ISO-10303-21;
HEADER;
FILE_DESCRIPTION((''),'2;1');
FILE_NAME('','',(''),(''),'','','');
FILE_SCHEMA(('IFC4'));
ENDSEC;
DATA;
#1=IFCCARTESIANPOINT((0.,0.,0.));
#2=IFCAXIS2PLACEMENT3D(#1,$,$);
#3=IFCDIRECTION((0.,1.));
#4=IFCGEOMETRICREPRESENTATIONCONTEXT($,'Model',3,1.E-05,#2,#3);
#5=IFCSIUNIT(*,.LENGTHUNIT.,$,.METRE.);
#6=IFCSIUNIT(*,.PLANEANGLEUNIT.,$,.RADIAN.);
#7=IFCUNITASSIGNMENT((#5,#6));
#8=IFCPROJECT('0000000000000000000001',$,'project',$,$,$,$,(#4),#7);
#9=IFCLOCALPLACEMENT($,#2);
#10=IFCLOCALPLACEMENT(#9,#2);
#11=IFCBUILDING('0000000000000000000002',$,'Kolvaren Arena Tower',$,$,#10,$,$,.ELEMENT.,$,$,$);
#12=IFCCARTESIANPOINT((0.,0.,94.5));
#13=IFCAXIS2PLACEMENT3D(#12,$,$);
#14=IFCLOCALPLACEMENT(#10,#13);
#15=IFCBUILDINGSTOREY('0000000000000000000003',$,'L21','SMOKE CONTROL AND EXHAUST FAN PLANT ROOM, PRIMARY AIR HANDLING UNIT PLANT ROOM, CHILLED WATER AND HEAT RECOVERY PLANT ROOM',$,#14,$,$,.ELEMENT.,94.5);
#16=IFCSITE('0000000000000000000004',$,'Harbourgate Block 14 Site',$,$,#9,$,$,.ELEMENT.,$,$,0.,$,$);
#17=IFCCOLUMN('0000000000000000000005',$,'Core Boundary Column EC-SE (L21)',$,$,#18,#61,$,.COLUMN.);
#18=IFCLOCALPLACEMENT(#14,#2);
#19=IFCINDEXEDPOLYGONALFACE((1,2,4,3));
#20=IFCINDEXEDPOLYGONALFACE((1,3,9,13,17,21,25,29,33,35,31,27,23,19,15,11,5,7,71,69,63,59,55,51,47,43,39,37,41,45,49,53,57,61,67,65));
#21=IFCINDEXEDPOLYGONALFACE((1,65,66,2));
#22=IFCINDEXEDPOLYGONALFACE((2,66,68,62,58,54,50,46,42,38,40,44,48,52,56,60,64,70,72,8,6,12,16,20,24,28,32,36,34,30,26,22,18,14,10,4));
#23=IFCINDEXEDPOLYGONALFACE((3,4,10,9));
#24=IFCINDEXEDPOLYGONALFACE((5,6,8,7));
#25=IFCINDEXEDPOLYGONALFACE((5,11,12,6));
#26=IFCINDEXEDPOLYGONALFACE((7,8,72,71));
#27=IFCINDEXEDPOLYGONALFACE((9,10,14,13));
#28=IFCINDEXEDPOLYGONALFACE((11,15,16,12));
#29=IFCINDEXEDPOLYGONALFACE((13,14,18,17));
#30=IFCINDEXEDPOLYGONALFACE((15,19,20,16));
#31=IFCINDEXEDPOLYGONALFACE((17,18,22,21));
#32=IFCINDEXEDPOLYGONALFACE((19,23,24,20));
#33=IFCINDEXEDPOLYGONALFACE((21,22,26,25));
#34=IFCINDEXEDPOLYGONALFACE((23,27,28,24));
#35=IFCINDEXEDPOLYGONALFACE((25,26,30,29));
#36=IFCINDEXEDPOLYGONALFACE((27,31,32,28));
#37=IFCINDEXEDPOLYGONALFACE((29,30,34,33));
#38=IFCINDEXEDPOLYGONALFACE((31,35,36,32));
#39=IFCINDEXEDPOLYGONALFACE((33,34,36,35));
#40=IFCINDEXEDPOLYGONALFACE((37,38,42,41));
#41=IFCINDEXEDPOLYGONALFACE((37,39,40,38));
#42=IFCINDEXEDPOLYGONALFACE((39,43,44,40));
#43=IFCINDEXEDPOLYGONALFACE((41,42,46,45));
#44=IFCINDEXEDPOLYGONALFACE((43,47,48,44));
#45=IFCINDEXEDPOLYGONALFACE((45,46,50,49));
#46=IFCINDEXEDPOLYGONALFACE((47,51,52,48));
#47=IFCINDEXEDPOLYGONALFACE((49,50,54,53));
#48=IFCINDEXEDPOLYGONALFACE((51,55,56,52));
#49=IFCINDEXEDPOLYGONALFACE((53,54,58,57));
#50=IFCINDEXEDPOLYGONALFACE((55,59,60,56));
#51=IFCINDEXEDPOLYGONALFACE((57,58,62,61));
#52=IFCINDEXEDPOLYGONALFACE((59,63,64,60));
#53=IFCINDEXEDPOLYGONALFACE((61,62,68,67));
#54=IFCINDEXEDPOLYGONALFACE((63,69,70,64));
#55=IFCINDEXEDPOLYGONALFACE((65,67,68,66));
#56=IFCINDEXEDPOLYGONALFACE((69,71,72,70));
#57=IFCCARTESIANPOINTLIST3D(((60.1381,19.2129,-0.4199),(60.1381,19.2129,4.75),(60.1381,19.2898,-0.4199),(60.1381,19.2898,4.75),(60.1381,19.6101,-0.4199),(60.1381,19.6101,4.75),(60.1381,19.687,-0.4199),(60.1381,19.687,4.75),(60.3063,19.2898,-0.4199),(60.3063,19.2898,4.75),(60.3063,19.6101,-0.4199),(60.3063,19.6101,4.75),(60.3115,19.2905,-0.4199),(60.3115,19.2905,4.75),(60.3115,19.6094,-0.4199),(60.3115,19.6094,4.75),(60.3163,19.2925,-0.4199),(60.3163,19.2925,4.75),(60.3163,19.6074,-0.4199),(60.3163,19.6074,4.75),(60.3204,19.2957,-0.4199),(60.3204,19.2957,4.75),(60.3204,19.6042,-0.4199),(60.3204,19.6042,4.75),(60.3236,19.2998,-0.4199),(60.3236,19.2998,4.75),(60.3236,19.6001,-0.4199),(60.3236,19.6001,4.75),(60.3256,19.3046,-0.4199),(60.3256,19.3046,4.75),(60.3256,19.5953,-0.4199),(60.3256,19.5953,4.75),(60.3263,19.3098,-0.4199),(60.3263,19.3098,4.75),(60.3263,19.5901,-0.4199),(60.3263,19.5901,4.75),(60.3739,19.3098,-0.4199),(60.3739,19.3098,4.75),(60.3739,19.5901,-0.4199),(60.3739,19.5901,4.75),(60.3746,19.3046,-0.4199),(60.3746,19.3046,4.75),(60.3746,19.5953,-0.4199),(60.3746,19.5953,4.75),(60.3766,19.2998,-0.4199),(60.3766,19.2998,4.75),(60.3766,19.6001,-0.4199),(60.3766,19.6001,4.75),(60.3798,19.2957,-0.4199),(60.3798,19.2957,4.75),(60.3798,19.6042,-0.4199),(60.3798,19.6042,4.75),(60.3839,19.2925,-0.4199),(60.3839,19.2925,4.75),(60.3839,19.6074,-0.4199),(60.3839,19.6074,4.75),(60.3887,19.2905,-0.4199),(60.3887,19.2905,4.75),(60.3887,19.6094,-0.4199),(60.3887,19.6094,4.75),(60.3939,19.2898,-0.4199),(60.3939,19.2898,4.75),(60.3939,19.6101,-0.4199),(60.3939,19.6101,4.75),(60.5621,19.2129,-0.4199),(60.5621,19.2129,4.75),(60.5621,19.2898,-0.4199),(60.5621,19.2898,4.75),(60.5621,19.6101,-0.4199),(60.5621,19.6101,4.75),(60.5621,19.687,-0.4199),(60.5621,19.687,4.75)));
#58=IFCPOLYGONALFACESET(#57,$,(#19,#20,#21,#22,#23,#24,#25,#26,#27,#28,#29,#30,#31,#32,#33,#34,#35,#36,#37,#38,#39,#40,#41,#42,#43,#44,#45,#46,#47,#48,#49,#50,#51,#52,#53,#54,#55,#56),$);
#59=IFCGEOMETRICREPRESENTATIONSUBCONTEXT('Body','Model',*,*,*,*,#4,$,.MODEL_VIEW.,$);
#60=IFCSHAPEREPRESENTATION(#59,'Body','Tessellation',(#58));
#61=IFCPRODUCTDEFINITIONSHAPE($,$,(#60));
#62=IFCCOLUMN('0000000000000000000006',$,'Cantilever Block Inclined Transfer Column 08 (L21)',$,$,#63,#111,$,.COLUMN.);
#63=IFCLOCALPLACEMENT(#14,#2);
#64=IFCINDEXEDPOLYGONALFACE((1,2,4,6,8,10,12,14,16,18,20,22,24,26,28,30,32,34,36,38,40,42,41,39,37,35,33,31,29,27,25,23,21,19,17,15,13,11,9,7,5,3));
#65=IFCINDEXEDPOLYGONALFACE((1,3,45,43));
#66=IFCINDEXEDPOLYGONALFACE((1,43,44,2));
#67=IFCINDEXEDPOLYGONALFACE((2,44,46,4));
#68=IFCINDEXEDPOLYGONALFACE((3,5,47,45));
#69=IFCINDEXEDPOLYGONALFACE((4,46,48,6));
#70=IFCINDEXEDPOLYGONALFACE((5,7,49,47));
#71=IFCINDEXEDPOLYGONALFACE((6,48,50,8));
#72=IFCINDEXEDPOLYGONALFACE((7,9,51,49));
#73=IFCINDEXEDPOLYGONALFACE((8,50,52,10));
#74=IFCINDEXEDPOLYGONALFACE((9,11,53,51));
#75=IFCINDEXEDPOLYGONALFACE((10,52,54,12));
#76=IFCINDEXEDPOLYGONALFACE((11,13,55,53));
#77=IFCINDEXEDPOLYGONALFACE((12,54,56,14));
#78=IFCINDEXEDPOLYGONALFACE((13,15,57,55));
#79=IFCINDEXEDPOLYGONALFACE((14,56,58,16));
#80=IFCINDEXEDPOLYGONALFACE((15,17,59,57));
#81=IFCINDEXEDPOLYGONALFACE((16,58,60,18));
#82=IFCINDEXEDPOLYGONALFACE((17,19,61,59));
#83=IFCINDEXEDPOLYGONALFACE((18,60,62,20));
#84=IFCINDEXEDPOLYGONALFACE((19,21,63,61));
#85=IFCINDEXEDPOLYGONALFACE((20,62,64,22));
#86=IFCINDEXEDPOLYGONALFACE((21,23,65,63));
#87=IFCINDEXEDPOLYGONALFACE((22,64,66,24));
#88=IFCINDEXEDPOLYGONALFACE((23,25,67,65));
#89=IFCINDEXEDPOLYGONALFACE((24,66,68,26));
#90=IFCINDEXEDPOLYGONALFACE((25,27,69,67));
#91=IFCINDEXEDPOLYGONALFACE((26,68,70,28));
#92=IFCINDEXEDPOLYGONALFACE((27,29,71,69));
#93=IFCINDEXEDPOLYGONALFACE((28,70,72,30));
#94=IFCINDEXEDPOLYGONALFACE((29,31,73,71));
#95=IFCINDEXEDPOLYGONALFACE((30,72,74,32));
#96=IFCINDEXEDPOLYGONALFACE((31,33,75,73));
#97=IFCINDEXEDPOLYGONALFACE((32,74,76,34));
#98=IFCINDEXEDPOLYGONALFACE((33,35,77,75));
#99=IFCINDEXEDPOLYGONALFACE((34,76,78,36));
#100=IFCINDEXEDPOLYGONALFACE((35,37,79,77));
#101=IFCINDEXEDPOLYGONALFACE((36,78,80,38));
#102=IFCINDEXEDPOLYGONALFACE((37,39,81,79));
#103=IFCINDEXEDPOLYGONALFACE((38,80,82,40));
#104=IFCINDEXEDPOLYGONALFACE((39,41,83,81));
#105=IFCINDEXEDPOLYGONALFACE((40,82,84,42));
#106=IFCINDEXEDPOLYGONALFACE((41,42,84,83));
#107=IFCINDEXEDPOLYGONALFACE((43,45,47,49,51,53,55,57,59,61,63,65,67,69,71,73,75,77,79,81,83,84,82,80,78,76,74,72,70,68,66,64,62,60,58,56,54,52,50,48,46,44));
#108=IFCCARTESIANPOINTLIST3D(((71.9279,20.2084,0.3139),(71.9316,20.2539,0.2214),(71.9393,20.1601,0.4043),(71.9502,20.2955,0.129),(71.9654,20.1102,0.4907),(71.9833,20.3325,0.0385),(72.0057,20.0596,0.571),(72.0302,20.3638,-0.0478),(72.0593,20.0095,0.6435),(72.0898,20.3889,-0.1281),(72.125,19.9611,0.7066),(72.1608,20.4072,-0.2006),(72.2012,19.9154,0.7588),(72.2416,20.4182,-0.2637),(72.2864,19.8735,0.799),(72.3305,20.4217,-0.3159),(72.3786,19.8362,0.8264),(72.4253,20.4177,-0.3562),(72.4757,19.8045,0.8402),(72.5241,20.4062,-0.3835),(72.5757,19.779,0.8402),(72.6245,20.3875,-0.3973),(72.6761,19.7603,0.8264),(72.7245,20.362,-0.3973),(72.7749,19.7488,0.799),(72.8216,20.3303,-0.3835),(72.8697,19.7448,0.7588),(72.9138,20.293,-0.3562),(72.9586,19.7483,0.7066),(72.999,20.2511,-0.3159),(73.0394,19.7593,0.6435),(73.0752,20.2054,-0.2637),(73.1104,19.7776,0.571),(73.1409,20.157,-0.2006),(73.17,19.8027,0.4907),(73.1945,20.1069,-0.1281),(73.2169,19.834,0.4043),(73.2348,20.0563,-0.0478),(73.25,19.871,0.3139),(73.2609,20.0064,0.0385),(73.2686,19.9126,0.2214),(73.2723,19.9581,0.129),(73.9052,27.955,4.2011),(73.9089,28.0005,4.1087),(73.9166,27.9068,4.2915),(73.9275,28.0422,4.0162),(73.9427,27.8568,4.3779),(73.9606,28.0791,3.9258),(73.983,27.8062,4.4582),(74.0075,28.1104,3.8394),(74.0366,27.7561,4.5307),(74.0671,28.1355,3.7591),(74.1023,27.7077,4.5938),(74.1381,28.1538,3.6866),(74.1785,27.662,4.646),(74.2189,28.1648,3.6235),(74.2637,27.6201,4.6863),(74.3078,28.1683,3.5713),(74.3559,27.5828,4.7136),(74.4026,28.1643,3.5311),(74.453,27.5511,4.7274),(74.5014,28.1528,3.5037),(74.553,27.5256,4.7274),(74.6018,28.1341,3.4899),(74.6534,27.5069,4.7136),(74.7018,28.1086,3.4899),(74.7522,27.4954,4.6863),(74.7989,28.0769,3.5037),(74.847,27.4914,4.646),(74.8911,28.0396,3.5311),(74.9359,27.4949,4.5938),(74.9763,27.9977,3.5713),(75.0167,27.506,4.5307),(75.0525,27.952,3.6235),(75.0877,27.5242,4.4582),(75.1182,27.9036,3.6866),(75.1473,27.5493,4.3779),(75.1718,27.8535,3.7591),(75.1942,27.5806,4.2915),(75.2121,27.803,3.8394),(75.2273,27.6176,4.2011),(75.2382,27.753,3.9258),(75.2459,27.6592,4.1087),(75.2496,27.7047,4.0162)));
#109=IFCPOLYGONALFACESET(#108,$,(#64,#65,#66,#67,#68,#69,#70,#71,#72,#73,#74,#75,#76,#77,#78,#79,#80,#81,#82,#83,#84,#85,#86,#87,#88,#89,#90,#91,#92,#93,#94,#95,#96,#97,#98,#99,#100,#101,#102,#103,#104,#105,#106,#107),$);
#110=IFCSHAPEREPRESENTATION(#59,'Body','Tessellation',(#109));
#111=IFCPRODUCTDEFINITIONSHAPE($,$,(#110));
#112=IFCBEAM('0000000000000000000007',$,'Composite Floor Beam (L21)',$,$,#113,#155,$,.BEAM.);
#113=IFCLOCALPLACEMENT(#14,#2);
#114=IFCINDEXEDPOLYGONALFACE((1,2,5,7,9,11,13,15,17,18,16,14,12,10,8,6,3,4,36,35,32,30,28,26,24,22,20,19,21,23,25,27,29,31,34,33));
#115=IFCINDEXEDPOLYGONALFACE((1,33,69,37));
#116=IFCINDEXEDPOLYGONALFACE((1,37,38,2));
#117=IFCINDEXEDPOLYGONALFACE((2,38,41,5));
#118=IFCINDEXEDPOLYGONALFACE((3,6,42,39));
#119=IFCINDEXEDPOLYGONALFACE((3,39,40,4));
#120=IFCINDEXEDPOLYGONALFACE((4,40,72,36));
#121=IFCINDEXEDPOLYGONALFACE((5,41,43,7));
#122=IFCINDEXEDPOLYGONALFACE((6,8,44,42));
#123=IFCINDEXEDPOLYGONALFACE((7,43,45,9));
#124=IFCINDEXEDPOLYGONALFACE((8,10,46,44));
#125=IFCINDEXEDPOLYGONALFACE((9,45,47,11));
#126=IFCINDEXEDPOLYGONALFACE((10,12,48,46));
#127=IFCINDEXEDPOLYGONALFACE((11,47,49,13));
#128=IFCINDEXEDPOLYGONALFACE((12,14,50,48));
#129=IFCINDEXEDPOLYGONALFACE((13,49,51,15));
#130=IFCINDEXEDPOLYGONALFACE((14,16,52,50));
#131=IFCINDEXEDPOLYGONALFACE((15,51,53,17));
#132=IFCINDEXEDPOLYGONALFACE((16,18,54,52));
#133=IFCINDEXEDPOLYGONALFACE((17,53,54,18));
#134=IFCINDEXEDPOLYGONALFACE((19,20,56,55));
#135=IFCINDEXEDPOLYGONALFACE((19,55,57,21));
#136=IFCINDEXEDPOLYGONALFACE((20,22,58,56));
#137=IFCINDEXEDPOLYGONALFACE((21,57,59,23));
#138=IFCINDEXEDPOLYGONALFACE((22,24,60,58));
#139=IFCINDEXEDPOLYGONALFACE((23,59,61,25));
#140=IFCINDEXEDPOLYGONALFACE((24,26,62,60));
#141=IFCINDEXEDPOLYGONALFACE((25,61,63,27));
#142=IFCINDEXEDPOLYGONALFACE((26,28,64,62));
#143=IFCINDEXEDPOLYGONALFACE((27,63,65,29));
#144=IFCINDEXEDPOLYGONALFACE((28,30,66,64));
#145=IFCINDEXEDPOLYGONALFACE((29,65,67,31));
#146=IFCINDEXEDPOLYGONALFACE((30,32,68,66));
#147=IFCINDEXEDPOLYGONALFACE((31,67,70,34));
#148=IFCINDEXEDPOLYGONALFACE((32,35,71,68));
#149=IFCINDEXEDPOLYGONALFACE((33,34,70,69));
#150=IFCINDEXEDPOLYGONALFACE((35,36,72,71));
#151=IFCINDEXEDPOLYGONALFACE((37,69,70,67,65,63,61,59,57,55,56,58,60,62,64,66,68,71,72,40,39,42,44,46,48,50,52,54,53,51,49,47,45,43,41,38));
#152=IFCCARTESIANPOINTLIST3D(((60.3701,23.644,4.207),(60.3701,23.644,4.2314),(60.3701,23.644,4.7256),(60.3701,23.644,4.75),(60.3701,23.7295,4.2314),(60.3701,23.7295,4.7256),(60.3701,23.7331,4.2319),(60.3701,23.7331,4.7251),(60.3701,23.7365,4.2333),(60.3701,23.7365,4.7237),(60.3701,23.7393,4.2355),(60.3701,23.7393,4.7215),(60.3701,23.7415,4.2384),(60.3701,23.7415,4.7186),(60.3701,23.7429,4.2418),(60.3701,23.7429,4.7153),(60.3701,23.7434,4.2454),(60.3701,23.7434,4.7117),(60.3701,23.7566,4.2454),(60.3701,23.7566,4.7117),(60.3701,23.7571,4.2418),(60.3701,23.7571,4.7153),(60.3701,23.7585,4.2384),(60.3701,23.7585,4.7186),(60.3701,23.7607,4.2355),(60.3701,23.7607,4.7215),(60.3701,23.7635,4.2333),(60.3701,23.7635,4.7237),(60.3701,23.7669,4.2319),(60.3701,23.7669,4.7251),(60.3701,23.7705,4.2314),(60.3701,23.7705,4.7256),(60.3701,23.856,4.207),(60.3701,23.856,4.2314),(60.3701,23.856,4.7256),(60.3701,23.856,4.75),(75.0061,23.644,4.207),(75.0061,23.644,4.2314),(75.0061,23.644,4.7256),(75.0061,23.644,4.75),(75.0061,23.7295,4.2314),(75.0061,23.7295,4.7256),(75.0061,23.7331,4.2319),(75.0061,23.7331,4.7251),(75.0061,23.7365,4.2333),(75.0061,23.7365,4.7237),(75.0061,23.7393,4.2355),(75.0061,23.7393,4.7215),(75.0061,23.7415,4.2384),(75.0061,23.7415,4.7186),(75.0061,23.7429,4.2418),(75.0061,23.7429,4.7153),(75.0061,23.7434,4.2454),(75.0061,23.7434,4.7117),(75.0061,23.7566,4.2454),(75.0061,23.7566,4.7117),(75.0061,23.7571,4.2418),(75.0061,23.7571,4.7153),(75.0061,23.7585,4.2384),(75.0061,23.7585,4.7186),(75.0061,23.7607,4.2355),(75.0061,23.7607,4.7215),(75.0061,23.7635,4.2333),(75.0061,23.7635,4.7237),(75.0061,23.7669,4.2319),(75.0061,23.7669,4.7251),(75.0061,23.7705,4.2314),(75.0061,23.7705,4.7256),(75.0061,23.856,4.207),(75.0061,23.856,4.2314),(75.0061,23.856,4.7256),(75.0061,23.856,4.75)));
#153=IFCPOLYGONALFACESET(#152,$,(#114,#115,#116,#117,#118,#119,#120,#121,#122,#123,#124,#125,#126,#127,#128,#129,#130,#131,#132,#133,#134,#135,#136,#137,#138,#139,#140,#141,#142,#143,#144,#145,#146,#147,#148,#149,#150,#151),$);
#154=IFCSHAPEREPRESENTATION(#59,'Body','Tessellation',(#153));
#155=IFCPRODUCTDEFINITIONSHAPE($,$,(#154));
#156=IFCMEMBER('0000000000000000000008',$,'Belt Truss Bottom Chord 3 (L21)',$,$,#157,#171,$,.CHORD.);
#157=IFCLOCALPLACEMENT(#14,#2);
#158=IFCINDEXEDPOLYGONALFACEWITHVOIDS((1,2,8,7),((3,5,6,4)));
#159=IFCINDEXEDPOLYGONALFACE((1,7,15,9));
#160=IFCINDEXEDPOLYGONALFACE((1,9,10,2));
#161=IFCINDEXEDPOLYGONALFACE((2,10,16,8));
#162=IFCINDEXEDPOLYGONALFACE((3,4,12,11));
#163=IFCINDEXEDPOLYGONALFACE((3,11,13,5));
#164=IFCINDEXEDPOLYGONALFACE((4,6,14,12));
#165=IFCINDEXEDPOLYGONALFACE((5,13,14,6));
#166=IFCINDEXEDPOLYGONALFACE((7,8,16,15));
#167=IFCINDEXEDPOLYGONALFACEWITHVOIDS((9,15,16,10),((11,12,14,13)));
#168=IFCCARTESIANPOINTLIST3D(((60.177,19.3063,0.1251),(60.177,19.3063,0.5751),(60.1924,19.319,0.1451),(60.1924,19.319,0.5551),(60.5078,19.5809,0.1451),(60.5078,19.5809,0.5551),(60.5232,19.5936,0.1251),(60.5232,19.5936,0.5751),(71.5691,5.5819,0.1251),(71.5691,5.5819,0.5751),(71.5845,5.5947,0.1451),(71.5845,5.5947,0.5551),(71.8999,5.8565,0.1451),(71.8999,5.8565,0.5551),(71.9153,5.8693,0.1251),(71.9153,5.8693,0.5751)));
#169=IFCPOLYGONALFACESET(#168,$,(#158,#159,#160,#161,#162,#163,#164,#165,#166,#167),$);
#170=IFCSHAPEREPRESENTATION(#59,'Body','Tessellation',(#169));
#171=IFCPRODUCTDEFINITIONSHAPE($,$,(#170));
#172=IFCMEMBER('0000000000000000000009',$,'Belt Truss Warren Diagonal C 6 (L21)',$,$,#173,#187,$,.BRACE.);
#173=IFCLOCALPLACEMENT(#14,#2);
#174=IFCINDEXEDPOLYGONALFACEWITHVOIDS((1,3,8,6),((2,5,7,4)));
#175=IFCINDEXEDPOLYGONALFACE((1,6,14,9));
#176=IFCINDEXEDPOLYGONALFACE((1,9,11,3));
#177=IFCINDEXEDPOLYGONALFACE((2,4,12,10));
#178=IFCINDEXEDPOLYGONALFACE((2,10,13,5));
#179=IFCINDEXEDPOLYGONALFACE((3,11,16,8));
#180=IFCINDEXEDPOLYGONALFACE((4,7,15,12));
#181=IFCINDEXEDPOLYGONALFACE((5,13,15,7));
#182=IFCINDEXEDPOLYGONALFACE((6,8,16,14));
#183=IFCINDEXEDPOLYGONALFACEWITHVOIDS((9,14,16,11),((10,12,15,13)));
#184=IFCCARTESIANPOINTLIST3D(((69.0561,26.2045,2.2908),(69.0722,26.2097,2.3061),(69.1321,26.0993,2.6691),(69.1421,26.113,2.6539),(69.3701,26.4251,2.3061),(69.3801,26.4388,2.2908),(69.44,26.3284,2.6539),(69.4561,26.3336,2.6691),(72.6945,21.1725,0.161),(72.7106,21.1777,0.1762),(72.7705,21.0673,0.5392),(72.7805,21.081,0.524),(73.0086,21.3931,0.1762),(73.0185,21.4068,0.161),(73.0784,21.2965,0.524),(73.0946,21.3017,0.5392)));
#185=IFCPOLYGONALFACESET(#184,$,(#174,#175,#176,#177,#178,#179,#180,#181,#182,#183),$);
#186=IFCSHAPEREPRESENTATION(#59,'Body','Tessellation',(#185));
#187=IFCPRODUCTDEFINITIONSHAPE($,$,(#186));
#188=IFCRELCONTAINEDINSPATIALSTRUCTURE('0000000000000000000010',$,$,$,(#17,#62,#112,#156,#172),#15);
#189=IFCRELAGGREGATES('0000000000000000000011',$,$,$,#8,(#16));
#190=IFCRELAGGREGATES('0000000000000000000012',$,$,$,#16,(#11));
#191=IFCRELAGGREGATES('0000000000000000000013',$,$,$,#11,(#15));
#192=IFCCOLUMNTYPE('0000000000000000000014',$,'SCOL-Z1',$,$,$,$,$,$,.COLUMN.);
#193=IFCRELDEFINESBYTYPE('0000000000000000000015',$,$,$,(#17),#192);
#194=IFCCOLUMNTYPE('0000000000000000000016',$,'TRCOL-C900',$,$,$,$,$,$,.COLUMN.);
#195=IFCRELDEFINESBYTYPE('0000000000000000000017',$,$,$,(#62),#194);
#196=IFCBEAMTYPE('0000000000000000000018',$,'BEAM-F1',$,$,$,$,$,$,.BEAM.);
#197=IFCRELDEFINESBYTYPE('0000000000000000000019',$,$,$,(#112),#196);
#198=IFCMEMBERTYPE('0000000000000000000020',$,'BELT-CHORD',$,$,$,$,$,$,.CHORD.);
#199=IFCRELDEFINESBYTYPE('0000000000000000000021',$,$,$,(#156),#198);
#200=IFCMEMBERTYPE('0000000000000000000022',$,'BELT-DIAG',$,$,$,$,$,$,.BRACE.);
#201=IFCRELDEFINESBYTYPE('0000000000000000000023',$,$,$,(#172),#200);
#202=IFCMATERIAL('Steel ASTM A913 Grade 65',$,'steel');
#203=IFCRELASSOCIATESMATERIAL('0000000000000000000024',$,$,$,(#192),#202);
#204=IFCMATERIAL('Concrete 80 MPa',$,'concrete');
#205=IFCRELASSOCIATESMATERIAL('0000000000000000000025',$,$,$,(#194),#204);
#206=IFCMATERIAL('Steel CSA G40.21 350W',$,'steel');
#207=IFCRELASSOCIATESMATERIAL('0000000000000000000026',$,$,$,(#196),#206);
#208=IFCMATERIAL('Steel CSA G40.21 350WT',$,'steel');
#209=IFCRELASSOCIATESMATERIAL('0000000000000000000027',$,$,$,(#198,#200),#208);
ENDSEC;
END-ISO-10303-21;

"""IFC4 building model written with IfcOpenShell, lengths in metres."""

from ifc_helpers import new_model, si_unit, direction, frame, origin, origin_2d, place, context, subcontext, project, spatial, hollow_rectangle, circle, i_section, extrude, material, material_profile, profile_set, type_object, element, save


model = new_model("IFC4")

# Units and contexts
model_context = context("Model", 3, precision=1e-05, world=origin(), true_north=direction((0.0, 1.0)))
body_context = subcontext(model_context, "Body", "Model", "MODEL_VIEW")
ifc_project = project(units=[si_unit("LENGTHUNIT", "METRE"), si_unit("PLANEANGLEUNIT", "RADIAN")], contexts=[model_context])

# Site, building, storey
site_placement = place(None, origin())
site = spatial("IfcSite", under=ifc_project, at=site_placement, Name="Harbourgate Block 14 Site", CompositionType="ELEMENT", RefElevation=0.0)
building_placement = place(site_placement, origin())
building = spatial("IfcBuilding", under=site, at=building_placement, Name="Kolvaren Arena Tower", CompositionType="ELEMENT")
storey_placement = place(building_placement, frame((0.0, 0.0, 94.5)))
storey = spatial("IfcBuildingStorey", under=building, at=storey_placement, Name="L21", Description="SMOKE CONTROL AND EXHAUST FAN PLANT ROOM, PRIMARY AIR HANDLING UNIT PLANT ROOM, CHILLED WATER AND HEAT RECOVERY PLANT ROOM", CompositionType="ELEMENT", Elevation=94.5)

# Columns
ifc_material_1 = material(Name="Steel ASTM A913 Grade 65", Category="steel")
ifc_material_profile_1 = material_profile(ifc_material_1, i_section(OverallWidth=0.4241, OverallDepth=0.4741, WebThickness=0.0476, FlangeThickness=0.0769, FilletRadius=0.02, at=origin_2d()), Name="W360x634")
ifc_profile_set_1 = profile_set([ifc_material_profile_1], Name="Steel ASTM A913 Grade 65")
column_type_1 = type_object("IfcColumnType", Name="SCOL-Z1", PredefinedType="COLUMN", material=ifc_profile_set_1)
column_1_placement = place(storey_placement, frame((60.3501, 19.45, -0.4199), z_axis=(0.0, 0.0, 1.0), x_axis=(1.0, 0.0, 0.0)))
element("IfcColumn", 1, at=column_1_placement, inside=storey, type_object=column_type_1, Name="Core Boundary Column EC-SE (L21)", PredefinedType="COLUMN", context=body_context, shape_type="SweptSolid", body=[
    extrude(i_section(OverallWidth=0.4241, OverallDepth=0.4741, WebThickness=0.0476, FlangeThickness=0.0769, FilletRadius=0.02, at=origin_2d()), origin(), (0.0, 0.0, 1.0), 5.1699),
])
ifc_material_2 = material(Name="Concrete 80 MPa", Category="concrete")
ifc_material_profile_2 = material_profile(ifc_material_2, circle(Radius=0.6899, at=origin_2d()), Name="RC-CIRC-1380")
ifc_profile_set_2 = profile_set([ifc_material_profile_2], Name="Concrete 80 MPa")
column_type_2 = type_object("IfcColumnType", Name="TRCOL-C900", PredefinedType="COLUMN", material=ifc_profile_set_2)
column_2_placement = place(storey_placement, frame((72.6001, 20.0833, 0.2214), z_axis=(0.222421, 0.871395, 0.437263), x_axis=(-0.968934, 0.247318, 0.0)))
element("IfcColumn", 2, at=column_2_placement, inside=storey, type_object=column_type_2, Name="Cantilever Block Inclined Transfer Column 08 (L21)", PredefinedType="COLUMN", context=body_context, shape_type="SweptSolid", body=[
    extrude(circle(Radius=0.6899, at=origin_2d()), origin(), (0.0, 0.0, 1.0), 8.8899),
])

# Beam
ifc_material_3 = material(Name="Steel CSA G40.21 350W", Category="steel")
ifc_material_profile_3 = material_profile(ifc_material_3, i_section(OverallWidth=0.2119, OverallDepth=0.543, WebThickness=0.0132, FlangeThickness=0.0244, FilletRadius=0.0139, at=origin_2d()), Name="W530x150")
ifc_profile_set_3 = profile_set([ifc_material_profile_3], Name="Steel CSA G40.21 350W")
beam_type_1 = type_object("IfcBeamType", Name="BEAM-F1", PredefinedType="BEAM", material=ifc_profile_set_3)
beam_1_placement = place(storey_placement, frame((60.3701, 23.75, 4.4785), z_axis=(1.0, 0.0, 0.0), x_axis=(0.0, 1.0, 0.0)))
element("IfcBeam", 3, at=beam_1_placement, inside=storey, type_object=beam_type_1, Name="Composite Floor Beam (L21)", PredefinedType="BEAM", context=body_context, shape_type="SweptSolid", body=[
    extrude(i_section(OverallWidth=0.2119, OverallDepth=0.543, WebThickness=0.0132, FlangeThickness=0.0244, FilletRadius=0.0139, at=origin_2d()), origin(), (0.0, 0.0, 1.0), 14.636),
])

# Members
ifc_material_4 = material(Name="Steel CSA G40.21 350WT", Category="steel")
ifc_material_profile_4 = material_profile(ifc_material_4, hollow_rectangle(XDim=0.45, YDim=0.45, WallThickness=0.02, at=origin_2d()), Name="HSS 450x450x20")
ifc_profile_set_4 = profile_set([ifc_material_profile_4], Name="Steel CSA G40.21 350WT")
member_type_1 = type_object("IfcMemberType", Name="BELT-CHORD", PredefinedType="CHORD", material=ifc_profile_set_4)
member_1_placement = place(storey_placement, frame((60.3501, 19.45, 0.3501), z_axis=(0.638698, -0.769457, 0.0), x_axis=(0.769457, 0.638698, 0.0)))
element("IfcMember", 4, at=member_1_placement, inside=storey, type_object=member_type_1, Name="Belt Truss Bottom Chord 3 (L21)", PredefinedType="CHORD", context=body_context, shape_type="SweptSolid", body=[
    extrude(hollow_rectangle(XDim=0.45, YDim=0.45, WallThickness=0.02, at=origin_2d()), origin(), (0.0, 0.0, 1.0), 17.8364),
])
ifc_material_profile_5 = material_profile(ifc_material_4, hollow_rectangle(XDim=0.3999, YDim=0.3999, WallThickness=0.0161, at=origin_2d()), Name="HSS 400x400x16")
ifc_profile_set_5 = profile_set([ifc_material_profile_5], Name="Steel CSA G40.21 350WT")
member_type_2 = type_object("IfcMemberType", Name="BELT-DIAG", PredefinedType="BRACE", material=ifc_profile_set_5)
member_2_placement = place(storey_placement, frame((69.2561, 26.269, 2.48), z_axis=(0.554241, -0.76652, -0.324444), x_axis=(0.810357, 0.585937, 0.0)))
element("IfcMember", 5, at=member_2_placement, inside=storey, type_object=member_type_2, Name="Belt Truss Warren Diagonal C 6 (L21)", PredefinedType="BRACE", context=body_context, shape_type="SweptSolid", body=[
    extrude(hollow_rectangle(XDim=0.3999, YDim=0.3999, WallThickness=0.0161, at=origin_2d()), origin(), (0.0, 0.0, 1.0), 6.5647),
])

save(model, "model.ifc")
